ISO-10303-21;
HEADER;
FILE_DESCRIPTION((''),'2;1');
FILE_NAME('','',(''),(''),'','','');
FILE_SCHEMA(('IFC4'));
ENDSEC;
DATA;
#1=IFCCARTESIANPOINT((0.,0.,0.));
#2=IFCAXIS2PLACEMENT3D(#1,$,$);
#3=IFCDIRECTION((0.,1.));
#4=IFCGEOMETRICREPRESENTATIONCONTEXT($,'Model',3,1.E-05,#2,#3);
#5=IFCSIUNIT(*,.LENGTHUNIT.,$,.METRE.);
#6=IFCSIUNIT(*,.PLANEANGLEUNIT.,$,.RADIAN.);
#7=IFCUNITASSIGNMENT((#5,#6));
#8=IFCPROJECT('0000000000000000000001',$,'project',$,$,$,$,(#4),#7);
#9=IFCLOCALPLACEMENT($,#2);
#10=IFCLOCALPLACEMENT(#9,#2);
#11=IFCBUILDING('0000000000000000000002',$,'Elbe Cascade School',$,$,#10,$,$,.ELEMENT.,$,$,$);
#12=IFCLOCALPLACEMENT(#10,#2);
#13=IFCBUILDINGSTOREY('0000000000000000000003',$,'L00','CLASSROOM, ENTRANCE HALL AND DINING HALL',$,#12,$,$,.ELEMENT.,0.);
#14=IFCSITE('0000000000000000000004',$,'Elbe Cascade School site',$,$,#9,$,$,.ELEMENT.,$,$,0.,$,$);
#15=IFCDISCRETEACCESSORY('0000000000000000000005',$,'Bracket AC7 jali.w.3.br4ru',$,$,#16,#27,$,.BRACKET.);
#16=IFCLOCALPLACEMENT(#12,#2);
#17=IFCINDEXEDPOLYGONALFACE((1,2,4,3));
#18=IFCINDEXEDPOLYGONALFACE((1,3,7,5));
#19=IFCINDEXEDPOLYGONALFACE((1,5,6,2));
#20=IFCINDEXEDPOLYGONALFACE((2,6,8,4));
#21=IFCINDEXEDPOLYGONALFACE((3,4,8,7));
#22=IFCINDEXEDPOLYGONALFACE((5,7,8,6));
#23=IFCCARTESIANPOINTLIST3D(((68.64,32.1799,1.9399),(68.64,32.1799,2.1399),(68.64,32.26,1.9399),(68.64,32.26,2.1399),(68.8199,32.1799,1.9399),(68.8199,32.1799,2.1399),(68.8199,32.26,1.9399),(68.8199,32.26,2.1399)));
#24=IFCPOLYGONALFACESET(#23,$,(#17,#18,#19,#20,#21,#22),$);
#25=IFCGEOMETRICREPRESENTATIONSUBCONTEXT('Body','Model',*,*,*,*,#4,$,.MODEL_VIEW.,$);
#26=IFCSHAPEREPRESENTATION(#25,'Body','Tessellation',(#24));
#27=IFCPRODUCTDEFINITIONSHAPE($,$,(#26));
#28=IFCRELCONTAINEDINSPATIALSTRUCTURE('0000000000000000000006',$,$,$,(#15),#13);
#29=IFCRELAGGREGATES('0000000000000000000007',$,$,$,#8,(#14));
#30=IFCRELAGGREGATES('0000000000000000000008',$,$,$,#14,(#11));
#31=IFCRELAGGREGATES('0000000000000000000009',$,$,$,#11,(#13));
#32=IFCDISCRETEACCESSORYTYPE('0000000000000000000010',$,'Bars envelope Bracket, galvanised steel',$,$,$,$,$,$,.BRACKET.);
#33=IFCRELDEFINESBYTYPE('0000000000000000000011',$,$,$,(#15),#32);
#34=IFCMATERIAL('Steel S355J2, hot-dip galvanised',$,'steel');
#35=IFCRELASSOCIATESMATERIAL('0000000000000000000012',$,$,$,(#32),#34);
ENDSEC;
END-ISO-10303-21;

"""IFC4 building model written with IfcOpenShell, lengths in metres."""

from ifc_helpers import new_model, si_unit, direction, frame, origin, origin_2d, place, context, subcontext, project, spatial, rectangle, extrude, material, type_object, element, save


model = new_model("IFC4")

# Units and contexts
model_context = context("Model", 3, precision=1e-05, world=origin(), true_north=direction((0.0, 1.0)))
body_context = subcontext(model_context, "Body", "Model", "MODEL_VIEW")
ifc_project = project(units=[si_unit("LENGTHUNIT", "METRE"), si_unit("PLANEANGLEUNIT", "RADIAN")], contexts=[model_context])

# Site, building, storey
site_placement = place(None, origin())
site = spatial("IfcSite", under=ifc_project, at=site_placement, Name="Elbe Cascade School site", CompositionType="ELEMENT", RefElevation=0.0)
building_placement = place(site_placement, origin())
building = spatial("IfcBuilding", under=site, at=building_placement, Name="Elbe Cascade School", CompositionType="ELEMENT")
storey_placement = place(building_placement, origin())
storey = spatial("IfcBuildingStorey", under=building, at=storey_placement, Name="L00", Description="CLASSROOM, ENTRANCE HALL AND DINING HALL", CompositionType="ELEMENT", Elevation=0.0)

# Discrete accessory
ifc_material_1 = material(Name="Steel S355J2, hot-dip galvanised", Category="steel")
discrete_accessory_type = type_object("IfcDiscreteAccessoryType", Name="Bars envelope Bracket, galvanised steel", PredefinedType="BRACKET", material=ifc_material_1)
for number, where, z_axis, x_axis, name in (
    (1, (68.73, 32.22, 1.9399), (0.0, 0.0, 1.0), (0.0, 1.0, 0.0), "Bracket AC7 jali.w.3.br4ru"),
):
    element("IfcDiscreteAccessory", number, at=place(storey_placement, frame(where, z_axis=z_axis, x_axis=x_axis)), inside=storey, type_object=discrete_accessory_type, Name=name, PredefinedType="BRACKET", context=body_context, shape_type="SweptSolid", body=[
        extrude(rectangle(XDim=0.0801, YDim=0.1799, at=origin_2d()), origin(), (0.0, 0.0, 1.0), 0.2),
    ])

save(model, "model.ifc")
